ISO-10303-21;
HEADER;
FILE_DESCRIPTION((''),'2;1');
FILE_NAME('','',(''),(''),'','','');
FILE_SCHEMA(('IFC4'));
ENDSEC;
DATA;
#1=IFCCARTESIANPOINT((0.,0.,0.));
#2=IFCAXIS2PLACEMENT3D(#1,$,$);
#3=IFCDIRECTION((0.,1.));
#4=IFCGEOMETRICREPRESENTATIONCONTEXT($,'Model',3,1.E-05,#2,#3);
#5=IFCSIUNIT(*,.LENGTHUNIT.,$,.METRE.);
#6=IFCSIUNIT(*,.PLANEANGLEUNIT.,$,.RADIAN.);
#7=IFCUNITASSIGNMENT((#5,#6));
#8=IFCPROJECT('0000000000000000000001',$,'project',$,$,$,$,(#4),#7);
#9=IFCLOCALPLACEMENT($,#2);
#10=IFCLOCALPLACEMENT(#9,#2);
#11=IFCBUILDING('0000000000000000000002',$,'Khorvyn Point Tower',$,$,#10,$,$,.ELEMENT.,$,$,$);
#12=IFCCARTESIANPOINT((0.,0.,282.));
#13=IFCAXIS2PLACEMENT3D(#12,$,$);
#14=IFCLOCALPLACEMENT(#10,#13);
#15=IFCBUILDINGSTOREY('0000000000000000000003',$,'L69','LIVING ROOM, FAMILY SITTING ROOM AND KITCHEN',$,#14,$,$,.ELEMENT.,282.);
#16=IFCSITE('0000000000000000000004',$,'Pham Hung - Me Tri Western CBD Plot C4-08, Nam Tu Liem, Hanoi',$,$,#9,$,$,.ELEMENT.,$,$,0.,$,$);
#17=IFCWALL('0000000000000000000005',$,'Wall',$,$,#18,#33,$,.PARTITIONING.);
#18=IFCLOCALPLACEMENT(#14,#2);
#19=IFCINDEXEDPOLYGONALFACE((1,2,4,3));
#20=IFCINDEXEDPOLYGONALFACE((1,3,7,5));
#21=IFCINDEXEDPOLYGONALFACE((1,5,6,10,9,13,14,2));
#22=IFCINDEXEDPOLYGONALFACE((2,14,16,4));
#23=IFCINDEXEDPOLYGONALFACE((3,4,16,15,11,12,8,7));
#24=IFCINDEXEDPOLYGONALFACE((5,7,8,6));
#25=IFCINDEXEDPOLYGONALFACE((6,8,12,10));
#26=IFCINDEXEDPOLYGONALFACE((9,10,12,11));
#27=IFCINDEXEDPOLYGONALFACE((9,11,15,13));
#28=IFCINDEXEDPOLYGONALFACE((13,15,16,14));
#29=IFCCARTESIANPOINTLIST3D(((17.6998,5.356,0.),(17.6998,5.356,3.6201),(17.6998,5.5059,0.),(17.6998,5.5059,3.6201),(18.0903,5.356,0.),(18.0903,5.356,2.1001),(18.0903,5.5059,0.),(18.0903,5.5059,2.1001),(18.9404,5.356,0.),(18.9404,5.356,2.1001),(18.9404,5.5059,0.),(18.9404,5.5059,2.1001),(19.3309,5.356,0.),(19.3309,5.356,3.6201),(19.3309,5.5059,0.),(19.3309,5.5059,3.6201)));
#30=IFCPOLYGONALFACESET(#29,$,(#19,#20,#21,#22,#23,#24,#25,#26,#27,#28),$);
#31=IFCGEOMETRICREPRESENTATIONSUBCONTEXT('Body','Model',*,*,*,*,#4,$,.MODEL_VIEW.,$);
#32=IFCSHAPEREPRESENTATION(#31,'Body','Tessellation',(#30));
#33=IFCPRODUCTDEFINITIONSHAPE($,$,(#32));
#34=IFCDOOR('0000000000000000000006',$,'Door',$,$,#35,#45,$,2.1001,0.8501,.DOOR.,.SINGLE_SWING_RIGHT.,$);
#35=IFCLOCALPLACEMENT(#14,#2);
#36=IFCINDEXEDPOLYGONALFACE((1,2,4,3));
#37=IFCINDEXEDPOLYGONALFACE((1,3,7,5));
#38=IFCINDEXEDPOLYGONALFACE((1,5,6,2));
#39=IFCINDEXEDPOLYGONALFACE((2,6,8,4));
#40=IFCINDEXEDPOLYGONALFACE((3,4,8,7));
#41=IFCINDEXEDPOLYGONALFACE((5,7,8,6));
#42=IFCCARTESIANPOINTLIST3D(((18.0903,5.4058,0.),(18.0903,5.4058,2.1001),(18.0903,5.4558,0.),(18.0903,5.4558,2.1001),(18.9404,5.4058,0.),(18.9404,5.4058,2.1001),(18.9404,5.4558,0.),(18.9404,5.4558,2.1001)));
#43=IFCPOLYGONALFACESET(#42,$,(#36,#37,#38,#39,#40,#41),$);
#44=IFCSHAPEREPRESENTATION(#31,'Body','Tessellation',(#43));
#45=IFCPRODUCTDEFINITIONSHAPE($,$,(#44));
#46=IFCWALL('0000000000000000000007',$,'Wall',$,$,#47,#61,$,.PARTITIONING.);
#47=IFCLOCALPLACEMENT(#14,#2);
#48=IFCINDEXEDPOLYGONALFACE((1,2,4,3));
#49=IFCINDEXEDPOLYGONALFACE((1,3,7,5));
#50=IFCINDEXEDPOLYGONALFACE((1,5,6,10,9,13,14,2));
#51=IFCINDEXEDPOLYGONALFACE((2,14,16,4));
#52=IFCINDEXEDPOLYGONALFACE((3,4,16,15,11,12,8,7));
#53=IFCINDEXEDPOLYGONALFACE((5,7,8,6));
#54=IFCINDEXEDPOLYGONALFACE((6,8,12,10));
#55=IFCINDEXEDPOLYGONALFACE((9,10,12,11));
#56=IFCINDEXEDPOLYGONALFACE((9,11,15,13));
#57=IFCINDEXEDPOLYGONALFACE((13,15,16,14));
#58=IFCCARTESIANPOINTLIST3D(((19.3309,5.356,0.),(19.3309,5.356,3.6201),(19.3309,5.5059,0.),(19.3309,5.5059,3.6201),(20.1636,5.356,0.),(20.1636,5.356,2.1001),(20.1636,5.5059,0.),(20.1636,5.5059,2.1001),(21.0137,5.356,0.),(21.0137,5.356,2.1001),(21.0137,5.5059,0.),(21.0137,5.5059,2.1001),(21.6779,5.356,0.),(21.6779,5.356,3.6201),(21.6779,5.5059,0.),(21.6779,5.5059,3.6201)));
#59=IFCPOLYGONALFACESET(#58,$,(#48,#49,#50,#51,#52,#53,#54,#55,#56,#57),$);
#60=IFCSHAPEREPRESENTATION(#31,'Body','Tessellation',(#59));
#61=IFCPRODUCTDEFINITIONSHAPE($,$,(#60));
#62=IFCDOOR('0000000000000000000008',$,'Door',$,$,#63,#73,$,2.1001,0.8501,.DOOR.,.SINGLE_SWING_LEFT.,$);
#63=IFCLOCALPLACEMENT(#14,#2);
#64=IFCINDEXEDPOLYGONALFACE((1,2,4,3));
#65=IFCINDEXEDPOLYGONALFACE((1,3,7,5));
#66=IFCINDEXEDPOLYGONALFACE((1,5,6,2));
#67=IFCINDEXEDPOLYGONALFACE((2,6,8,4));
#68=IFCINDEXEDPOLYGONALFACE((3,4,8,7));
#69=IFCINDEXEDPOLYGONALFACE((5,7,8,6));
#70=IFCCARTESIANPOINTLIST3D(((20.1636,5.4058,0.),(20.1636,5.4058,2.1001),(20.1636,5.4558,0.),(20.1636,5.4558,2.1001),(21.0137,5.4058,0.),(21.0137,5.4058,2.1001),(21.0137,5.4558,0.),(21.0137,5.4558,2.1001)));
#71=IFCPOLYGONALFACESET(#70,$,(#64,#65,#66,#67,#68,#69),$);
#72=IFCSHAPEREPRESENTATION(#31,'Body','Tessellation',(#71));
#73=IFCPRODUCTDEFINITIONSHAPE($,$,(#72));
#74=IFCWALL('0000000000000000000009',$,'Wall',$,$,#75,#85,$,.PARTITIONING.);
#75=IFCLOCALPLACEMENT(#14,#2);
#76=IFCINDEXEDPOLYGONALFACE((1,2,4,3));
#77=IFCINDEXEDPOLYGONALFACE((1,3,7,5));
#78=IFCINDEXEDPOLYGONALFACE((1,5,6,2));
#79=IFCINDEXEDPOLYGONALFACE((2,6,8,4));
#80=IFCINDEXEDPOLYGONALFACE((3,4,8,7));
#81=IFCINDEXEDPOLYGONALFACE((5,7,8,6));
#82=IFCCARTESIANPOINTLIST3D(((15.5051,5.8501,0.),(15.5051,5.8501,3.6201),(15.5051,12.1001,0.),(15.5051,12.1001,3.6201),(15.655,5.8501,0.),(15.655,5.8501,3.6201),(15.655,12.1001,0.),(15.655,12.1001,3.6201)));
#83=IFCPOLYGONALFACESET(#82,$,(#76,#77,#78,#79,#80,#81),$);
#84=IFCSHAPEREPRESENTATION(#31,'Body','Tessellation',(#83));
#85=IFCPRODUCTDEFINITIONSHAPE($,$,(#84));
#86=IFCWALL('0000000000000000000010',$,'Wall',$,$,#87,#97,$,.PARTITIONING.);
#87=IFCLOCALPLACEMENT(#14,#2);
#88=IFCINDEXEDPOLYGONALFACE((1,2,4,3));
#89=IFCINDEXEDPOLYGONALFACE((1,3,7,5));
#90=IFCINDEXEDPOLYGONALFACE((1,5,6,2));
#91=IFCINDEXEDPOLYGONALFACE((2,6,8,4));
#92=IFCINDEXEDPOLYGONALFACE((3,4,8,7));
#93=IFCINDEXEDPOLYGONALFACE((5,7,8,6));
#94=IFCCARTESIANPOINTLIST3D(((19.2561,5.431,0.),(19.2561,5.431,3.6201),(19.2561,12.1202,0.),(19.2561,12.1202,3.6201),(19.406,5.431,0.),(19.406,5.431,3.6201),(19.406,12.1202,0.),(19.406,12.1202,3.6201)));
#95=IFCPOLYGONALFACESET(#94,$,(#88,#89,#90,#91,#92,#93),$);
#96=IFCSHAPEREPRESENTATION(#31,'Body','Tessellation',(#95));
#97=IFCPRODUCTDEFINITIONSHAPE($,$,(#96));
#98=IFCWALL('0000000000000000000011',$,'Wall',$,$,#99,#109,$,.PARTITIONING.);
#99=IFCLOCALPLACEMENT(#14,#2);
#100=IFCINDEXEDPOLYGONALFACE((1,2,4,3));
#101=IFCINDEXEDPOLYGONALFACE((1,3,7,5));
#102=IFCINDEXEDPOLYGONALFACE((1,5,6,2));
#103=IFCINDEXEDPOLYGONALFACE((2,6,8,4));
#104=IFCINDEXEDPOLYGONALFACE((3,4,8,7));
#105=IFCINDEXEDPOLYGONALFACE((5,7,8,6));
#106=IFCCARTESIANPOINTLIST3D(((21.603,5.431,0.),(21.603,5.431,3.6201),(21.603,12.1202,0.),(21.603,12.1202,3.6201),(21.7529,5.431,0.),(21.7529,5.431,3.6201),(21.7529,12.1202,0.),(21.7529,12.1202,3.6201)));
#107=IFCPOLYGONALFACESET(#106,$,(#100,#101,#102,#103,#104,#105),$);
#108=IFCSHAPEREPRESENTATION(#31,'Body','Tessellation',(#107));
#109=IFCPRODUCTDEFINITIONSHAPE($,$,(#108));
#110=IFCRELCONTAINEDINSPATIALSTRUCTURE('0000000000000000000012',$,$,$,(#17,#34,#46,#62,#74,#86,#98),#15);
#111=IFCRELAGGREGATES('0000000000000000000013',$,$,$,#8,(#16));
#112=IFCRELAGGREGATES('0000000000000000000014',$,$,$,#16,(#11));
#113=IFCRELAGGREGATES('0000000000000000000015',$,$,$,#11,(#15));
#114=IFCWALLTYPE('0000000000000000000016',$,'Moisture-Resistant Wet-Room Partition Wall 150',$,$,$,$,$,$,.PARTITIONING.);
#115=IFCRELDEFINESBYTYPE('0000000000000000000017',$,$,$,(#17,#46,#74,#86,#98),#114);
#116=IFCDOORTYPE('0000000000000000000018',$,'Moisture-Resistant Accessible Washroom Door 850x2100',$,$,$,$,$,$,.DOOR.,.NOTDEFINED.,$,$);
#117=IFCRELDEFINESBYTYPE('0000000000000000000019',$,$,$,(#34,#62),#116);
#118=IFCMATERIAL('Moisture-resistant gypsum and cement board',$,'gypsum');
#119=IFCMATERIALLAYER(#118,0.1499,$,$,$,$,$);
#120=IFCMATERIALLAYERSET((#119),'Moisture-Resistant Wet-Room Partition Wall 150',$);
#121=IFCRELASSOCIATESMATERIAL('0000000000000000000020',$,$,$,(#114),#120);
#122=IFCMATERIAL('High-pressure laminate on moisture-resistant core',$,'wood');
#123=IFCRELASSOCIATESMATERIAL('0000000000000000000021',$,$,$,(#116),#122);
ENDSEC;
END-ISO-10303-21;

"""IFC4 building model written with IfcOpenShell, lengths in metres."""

from ifc_helpers import new_model, si_unit, direction, frame, frame_2d, origin, place, context, subcontext, project, spatial, rectangle, extrude, material, layer, layer_set, type_object, element, fill, save


model = new_model("IFC4")

# Units and contexts
model_context = context("Model", 3, precision=1e-05, world=origin(), true_north=direction((0.0, 1.0)))
body_context = subcontext(model_context, "Body", "Model", "MODEL_VIEW")
ifc_project = project(units=[si_unit("LENGTHUNIT", "METRE"), si_unit("PLANEANGLEUNIT", "RADIAN")], contexts=[model_context])

# Site, building, storey
site_placement = place(None, origin())
site = spatial("IfcSite", under=ifc_project, at=site_placement, Name="Pham Hung - Me Tri Western CBD Plot C4-08, Nam Tu Liem, Hanoi", CompositionType="ELEMENT", RefElevation=0.0)
building_placement = place(site_placement, origin())
building = spatial("IfcBuilding", under=site, at=building_placement, Name="Khorvyn Point Tower", CompositionType="ELEMENT")
storey_placement = place(building_placement, frame((0.0, 0.0, 282.0)))
storey = spatial("IfcBuildingStorey", under=building, at=storey_placement, Name="L69", Description="LIVING ROOM, FAMILY SITTING ROOM AND KITCHEN", CompositionType="ELEMENT", Elevation=282.0)

# Walls, openings, doors
ifc_material_1 = material(Name="Moisture-resistant gypsum and cement board", Category="gypsum")
ifc_layer_1 = layer(ifc_material_1, 0.1499)
ifc_layer_set_1 = layer_set([ifc_layer_1], Name="Moisture-Resistant Wet-Room Partition Wall 150")
wall_type_1 = type_object("IfcWallType", Name="Moisture-Resistant Wet-Room Partition Wall 150", PredefinedType="PARTITIONING", material=ifc_layer_set_1)
ifc_material_2 = material(Name="High-pressure laminate on moisture-resistant core", Category="wood")
door_type_1 = type_object("IfcDoorType", Name="Moisture-Resistant Accessible Washroom Door 850x2100", OperationType="NOTDEFINED", PredefinedType="DOOR", material=ifc_material_2)
wall_1_placement = place(storey_placement, frame((17.7, 5.4309, 0.0), z_axis=(0.0, 0.0, 1.0), x_axis=(1.0, 0.0, 0.0)))
wall_1 = element("IfcWall", 1, at=wall_1_placement, inside=storey, type_object=wall_type_1, Name="Wall", PredefinedType="PARTITIONING", context=body_context, shape_type="SweptSolid", body=[
    extrude(rectangle(XDim=1.6311, YDim=0.1499, at=frame_2d((0.8154, 0.0))), origin(), (0.0, 0.0, 1.0), 3.6201),
])
opening_1_placement = place(wall_1_placement, frame((0.3904, 0.0, 0.0)))
opening_1 = element("IfcOpeningElement", 2, at=opening_1_placement, cuts=wall_1, PredefinedType="OPENING", context=body_context, shape_type="SweptSolid", body=[
    extrude(rectangle(XDim=0.8501, YDim=2.1001, at=frame_2d((0.425, 1.05))), frame((0.0, 0.085, 0.0), z_axis=(0.0, -1.0, 0.0), x_axis=(1.0, 0.0, 0.0)), (0.0, 0.0, 1.0), 0.1699),
])
door_1_placement = place(opening_1_placement, origin())
door_1 = element("IfcDoor", 3, at=door_1_placement, inside=storey, type_object=door_type_1, Name="Door", OperationType="SINGLE_SWING_RIGHT", OverallHeight=2.1001, OverallWidth=0.8501, PredefinedType="DOOR", context=body_context, shape_type="SweptSolid", body=[
    extrude(rectangle(XDim=0.8501, YDim=2.1001, at=frame_2d((0.425, 1.05))), frame((0.0, 0.0249, 0.0), z_axis=(0.0, -1.0, 0.0), x_axis=(1.0, 0.0, 0.0)), (0.0, 0.0, 1.0), 0.05),
])
fill(opening_1, door_1)
wall_2_placement = place(storey_placement, frame((19.3311, 5.4309, 0.0), z_axis=(0.0, 0.0, 1.0), x_axis=(1.0, 0.0, 0.0)))
wall_2 = element("IfcWall", 4, at=wall_2_placement, inside=storey, type_object=wall_type_1, Name="Wall", PredefinedType="PARTITIONING", context=body_context, shape_type="SweptSolid", body=[
    extrude(rectangle(XDim=2.3469, YDim=0.1499, at=frame_2d((1.1733, 0.0))), origin(), (0.0, 0.0, 1.0), 3.6201),
])
opening_2_placement = place(wall_2_placement, frame((0.8325, 0.0, 0.0)))
opening_2 = element("IfcOpeningElement", 5, at=opening_2_placement, cuts=wall_2, PredefinedType="OPENING", context=body_context, shape_type="SweptSolid", body=[
    extrude(rectangle(XDim=0.8501, YDim=2.1001, at=frame_2d((0.425, 1.05))), frame((0.0, 0.085, 0.0), z_axis=(0.0, -1.0, 0.0), x_axis=(1.0, 0.0, 0.0)), (0.0, 0.0, 1.0), 0.1699),
])
door_2_placement = place(opening_2_placement, origin())
door_2 = element("IfcDoor", 6, at=door_2_placement, inside=storey, type_object=door_type_1, Name="Door", OperationType="SINGLE_SWING_LEFT", OverallHeight=2.1001, OverallWidth=0.8501, PredefinedType="DOOR", context=body_context, shape_type="SweptSolid", body=[
    extrude(rectangle(XDim=0.8501, YDim=2.1001, at=frame_2d((0.425, 1.05))), frame((0.0, 0.0249, 0.0), z_axis=(0.0, -1.0, 0.0), x_axis=(1.0, 0.0, 0.0)), (0.0, 0.0, 1.0), 0.05),
])
fill(opening_2, door_2)

# Walls
wall_3_placement = place(storey_placement, frame((15.5801, 5.8501, 0.0), z_axis=(0.0, 0.0, 1.0), x_axis=(0.0, 1.0, 0.0)))
element("IfcWall", 7, at=wall_3_placement, inside=storey, type_object=wall_type_1, Name="Wall", PredefinedType="PARTITIONING", context=body_context, shape_type="SweptSolid", body=[
    extrude(rectangle(XDim=6.25, YDim=0.1499, at=frame_2d((3.125, 0.0))), origin(), (0.0, 0.0, 1.0), 3.6201),
])
for number, where, z_axis, x_axis, name in (
    (8, (19.3311, 5.4309, 0.0), (0.0, 0.0, 1.0), (0.0, 1.0, 0.0), "Wall"),
    (9, (21.678, 5.4309, 0.0), (0.0, 0.0, 1.0), (0.0, 1.0, 0.0), "Wall"),
):
    element("IfcWall", number, at=place(storey_placement, frame(where, z_axis=z_axis, x_axis=x_axis)), inside=storey, type_object=wall_type_1, Name=name, PredefinedType="PARTITIONING", context=body_context, shape_type="SweptSolid", body=[
        extrude(rectangle(XDim=6.6892, YDim=0.1499, at=frame_2d((3.3447, 0.0))), origin(), (0.0, 0.0, 1.0), 3.6201),
    ])

save(model, "model.ifc")
